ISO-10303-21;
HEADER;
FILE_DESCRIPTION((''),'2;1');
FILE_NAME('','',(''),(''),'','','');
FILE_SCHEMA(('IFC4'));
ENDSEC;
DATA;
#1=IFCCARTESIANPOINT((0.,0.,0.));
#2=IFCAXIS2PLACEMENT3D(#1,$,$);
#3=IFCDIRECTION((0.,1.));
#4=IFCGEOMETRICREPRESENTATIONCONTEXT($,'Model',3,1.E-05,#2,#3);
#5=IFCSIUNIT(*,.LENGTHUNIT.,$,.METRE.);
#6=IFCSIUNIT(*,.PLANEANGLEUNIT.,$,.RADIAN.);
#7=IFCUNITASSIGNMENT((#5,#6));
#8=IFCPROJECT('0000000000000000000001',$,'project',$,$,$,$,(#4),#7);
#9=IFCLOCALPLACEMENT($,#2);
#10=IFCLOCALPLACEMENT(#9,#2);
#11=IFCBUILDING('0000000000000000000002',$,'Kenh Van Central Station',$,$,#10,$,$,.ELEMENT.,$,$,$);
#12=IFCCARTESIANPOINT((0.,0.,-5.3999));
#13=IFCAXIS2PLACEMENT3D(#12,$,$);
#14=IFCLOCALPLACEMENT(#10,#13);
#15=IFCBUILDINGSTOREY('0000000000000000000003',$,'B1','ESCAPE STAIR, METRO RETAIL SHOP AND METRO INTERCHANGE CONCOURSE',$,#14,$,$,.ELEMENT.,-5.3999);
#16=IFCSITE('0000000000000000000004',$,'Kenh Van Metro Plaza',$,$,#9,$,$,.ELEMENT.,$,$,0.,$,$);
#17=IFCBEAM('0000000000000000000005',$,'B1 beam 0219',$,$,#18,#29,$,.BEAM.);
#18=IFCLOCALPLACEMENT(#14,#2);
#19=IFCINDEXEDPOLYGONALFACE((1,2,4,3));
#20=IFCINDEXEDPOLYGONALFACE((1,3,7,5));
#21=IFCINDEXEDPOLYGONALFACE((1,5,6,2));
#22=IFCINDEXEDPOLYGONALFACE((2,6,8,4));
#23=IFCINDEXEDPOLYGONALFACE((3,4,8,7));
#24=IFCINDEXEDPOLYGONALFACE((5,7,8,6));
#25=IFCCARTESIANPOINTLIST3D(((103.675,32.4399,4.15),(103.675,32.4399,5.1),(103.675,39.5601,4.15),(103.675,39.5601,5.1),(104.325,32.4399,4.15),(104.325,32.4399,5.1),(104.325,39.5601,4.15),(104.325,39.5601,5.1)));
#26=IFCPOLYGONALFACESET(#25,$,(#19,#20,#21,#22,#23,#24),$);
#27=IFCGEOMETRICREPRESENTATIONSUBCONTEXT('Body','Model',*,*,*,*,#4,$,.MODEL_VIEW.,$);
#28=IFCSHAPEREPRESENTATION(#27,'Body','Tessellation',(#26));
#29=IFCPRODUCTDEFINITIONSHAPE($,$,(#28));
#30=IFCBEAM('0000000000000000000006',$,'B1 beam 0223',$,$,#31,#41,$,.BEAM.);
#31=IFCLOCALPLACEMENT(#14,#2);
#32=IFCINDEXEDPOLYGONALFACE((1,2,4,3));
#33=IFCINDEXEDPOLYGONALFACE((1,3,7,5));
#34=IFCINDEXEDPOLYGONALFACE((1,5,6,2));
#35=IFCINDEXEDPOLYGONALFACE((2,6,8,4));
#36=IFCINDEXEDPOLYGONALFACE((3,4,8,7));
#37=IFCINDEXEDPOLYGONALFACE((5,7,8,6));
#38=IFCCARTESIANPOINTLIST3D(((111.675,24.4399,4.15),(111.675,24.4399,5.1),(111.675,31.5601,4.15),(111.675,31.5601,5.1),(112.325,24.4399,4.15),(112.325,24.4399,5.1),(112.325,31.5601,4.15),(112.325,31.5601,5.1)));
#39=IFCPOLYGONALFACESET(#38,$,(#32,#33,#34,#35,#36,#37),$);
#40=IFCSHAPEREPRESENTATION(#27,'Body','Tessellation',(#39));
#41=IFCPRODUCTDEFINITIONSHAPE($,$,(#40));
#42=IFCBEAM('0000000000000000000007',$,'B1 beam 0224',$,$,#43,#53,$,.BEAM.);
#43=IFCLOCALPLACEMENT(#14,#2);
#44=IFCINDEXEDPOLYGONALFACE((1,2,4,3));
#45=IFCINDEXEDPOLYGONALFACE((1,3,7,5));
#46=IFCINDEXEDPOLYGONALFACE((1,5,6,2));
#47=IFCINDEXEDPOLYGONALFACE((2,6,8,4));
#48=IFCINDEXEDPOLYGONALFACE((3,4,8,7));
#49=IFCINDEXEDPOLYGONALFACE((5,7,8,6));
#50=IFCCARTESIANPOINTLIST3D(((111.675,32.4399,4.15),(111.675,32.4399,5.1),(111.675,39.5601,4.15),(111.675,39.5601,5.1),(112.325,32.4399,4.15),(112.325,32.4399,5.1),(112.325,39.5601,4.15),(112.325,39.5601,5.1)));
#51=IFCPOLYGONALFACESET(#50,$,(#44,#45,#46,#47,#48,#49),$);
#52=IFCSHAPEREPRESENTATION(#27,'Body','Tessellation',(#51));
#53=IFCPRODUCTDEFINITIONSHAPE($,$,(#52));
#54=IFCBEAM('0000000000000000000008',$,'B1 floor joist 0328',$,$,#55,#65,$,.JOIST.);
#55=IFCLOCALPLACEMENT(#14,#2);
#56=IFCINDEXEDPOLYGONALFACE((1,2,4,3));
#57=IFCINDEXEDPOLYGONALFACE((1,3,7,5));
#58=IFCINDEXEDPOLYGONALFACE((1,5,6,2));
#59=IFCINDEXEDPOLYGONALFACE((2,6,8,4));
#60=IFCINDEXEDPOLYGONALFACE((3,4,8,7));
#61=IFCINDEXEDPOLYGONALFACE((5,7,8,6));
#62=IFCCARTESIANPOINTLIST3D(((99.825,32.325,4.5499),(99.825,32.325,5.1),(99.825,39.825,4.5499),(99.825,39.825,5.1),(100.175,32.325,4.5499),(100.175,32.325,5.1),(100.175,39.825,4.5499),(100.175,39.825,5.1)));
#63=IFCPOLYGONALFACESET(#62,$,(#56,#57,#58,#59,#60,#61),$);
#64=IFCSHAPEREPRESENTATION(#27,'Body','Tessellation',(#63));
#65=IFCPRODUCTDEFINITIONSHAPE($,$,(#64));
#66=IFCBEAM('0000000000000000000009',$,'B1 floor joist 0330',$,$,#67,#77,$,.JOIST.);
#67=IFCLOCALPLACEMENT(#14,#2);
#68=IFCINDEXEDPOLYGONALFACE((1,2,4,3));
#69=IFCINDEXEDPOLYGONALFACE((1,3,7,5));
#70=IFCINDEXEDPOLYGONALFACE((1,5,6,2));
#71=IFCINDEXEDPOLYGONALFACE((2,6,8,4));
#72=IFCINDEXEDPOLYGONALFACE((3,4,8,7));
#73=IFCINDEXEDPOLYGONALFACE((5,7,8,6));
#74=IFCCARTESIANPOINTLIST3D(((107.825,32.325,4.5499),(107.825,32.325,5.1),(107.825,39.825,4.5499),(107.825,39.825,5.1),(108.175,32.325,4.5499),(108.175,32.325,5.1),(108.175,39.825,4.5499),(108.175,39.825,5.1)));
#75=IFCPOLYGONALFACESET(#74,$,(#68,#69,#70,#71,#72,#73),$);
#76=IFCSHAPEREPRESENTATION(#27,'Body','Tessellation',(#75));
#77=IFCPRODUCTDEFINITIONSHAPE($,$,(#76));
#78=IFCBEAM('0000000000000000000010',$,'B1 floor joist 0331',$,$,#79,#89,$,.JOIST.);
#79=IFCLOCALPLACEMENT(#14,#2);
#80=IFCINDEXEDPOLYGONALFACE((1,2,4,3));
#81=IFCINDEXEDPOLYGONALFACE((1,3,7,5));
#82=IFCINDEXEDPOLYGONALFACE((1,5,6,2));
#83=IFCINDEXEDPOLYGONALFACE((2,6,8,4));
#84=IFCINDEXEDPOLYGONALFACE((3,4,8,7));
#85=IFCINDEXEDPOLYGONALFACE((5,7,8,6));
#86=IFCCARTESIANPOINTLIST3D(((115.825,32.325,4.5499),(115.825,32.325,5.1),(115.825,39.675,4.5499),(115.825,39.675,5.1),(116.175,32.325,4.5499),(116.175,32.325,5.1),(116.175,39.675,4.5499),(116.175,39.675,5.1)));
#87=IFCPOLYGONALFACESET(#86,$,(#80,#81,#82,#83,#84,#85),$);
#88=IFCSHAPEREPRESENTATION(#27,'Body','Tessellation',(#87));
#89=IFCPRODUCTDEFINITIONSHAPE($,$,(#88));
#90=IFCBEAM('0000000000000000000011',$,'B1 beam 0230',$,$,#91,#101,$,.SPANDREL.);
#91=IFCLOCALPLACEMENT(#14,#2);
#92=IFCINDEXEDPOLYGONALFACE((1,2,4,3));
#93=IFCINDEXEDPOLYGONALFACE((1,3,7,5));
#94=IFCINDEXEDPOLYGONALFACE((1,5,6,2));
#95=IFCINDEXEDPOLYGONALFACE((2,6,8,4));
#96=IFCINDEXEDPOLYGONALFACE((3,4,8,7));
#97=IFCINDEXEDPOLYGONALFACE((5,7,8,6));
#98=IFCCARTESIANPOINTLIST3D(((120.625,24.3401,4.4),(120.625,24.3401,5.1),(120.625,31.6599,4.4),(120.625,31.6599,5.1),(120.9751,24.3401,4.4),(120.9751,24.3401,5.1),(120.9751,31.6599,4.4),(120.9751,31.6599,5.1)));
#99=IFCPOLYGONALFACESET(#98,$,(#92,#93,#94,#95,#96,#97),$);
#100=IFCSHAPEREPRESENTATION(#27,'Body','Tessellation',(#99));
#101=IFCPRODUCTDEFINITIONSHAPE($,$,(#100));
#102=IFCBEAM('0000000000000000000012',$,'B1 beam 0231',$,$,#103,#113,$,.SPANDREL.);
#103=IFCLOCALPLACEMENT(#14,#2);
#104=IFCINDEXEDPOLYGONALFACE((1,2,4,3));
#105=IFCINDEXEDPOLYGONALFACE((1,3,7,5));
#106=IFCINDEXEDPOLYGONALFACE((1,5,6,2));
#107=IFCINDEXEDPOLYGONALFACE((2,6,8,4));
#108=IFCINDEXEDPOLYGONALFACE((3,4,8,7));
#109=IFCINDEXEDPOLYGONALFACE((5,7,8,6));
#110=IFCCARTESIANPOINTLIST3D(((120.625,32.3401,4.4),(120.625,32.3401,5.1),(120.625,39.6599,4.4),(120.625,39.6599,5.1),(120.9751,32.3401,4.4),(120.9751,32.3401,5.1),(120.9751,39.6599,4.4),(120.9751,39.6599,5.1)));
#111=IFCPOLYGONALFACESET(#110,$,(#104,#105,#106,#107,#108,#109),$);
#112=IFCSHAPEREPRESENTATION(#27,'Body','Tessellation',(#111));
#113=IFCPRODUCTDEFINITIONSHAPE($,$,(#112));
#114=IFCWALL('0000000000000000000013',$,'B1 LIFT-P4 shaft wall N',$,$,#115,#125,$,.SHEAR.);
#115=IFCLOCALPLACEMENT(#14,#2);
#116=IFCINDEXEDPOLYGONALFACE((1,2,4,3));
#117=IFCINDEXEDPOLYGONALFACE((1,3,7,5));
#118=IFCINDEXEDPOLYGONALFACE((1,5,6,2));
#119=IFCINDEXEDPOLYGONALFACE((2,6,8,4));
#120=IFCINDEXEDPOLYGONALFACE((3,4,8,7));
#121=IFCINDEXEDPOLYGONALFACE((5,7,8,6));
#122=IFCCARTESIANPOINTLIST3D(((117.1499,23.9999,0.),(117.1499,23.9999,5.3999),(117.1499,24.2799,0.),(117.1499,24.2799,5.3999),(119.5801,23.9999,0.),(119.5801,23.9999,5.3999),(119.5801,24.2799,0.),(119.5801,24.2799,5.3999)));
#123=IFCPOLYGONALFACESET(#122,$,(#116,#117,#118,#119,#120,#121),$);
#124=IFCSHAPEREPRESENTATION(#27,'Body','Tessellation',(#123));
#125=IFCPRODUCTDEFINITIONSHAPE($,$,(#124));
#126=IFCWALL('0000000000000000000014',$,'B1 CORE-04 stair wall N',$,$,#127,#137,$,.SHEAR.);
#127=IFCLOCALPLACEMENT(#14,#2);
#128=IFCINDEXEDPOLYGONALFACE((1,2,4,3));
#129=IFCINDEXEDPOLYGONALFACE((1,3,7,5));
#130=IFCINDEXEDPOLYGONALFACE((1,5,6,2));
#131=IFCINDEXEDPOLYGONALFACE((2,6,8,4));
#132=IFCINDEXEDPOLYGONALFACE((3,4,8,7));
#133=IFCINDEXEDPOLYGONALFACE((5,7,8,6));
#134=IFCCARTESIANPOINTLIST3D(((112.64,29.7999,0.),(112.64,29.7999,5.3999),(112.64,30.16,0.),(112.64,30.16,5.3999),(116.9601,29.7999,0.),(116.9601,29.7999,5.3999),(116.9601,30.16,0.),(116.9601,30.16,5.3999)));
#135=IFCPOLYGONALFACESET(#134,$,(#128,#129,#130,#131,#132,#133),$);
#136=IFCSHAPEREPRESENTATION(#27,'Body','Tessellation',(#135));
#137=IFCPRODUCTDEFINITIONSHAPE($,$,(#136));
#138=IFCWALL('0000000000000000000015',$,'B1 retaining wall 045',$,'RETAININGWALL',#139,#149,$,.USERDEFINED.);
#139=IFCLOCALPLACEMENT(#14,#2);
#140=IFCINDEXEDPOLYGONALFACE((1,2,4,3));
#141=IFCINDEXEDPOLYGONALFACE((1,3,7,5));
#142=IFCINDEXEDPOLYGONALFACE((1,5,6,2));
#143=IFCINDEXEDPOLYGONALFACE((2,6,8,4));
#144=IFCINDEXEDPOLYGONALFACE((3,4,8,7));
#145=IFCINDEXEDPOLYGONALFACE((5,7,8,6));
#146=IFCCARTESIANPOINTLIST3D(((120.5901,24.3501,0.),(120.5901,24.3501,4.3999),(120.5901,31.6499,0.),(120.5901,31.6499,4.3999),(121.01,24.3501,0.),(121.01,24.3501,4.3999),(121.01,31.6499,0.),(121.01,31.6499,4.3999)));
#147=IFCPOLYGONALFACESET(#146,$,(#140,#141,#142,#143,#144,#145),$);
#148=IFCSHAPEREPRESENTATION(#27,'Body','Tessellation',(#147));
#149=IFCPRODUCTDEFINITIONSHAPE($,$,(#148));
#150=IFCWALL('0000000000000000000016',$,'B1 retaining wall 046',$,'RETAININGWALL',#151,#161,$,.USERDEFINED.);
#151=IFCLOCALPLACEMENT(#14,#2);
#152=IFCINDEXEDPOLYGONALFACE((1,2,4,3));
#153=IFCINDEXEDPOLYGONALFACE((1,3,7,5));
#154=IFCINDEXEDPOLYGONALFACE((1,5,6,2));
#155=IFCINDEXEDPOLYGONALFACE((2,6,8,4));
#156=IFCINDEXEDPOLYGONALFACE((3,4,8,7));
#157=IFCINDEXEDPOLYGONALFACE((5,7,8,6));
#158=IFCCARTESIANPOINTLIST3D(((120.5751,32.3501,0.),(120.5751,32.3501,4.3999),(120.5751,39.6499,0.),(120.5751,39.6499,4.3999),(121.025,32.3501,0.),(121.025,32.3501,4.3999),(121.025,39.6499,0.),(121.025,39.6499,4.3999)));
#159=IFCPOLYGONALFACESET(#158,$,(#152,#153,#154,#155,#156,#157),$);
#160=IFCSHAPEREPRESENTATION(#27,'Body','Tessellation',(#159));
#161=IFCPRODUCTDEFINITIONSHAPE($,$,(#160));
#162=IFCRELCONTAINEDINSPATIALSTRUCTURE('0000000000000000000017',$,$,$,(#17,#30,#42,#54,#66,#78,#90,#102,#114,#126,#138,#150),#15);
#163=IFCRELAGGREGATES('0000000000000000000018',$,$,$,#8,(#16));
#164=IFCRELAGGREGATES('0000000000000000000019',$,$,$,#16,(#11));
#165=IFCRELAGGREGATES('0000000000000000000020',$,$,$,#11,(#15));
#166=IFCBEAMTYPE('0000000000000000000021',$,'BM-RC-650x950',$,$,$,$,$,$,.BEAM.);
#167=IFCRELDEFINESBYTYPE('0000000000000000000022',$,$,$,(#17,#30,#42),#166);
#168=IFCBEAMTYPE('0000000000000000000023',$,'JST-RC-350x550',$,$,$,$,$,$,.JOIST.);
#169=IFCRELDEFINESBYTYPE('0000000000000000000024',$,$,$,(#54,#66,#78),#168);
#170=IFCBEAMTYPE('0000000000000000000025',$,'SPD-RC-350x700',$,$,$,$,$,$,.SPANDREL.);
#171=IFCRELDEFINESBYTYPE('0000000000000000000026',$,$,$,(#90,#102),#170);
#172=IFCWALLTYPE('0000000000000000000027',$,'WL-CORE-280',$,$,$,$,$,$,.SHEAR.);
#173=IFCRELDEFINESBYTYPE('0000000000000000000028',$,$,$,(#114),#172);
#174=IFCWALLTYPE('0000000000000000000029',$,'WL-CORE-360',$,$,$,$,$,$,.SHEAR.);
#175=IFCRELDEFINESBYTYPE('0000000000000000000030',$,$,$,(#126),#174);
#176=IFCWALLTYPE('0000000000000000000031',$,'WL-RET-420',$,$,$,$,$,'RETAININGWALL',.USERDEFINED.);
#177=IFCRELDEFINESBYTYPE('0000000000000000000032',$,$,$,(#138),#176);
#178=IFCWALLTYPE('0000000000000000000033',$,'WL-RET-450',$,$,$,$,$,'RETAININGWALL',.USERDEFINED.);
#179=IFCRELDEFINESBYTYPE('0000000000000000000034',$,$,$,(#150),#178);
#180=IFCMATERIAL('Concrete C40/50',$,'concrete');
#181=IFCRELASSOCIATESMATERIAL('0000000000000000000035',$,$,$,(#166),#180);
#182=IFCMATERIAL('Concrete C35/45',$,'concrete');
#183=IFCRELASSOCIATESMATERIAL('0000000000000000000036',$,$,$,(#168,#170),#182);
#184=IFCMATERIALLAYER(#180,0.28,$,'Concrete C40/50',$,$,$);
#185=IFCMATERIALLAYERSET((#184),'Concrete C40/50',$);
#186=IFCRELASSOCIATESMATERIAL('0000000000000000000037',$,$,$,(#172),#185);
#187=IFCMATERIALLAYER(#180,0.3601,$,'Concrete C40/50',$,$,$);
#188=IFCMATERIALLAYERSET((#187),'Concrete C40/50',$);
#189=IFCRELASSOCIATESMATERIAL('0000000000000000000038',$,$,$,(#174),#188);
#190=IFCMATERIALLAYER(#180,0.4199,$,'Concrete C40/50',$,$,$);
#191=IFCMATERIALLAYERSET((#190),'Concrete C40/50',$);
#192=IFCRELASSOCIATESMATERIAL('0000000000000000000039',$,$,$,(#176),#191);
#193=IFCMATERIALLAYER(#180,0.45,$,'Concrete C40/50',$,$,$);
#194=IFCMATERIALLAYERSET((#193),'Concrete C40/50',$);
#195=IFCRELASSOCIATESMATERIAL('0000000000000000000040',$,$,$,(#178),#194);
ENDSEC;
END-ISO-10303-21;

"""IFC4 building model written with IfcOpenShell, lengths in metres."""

from ifc_helpers import new_model, si_unit, direction, frame, frame_2d, origin, origin_2d, place, context, subcontext, project, spatial, rectangle, extrude, material, layer, layer_set, material_profile, profile_set, type_object, element, save


model = new_model("IFC4")

# Units and contexts
model_context = context("Model", 3, precision=1e-05, world=origin(), true_north=direction((0.0, 1.0)))
body_context = subcontext(model_context, "Body", "Model", "MODEL_VIEW")
ifc_project = project(units=[si_unit("LENGTHUNIT", "METRE"), si_unit("PLANEANGLEUNIT", "RADIAN")], contexts=[model_context])

# Site, building, storey
site_placement = place(None, origin())
site = spatial("IfcSite", under=ifc_project, at=site_placement, Name="Kenh Van Metro Plaza", CompositionType="ELEMENT", RefElevation=0.0)
building_placement = place(site_placement, origin())
building = spatial("IfcBuilding", under=site, at=building_placement, Name="Kenh Van Central Station", CompositionType="ELEMENT")
storey_placement = place(building_placement, frame((0.0, 0.0, -5.3999)))
storey = spatial("IfcBuildingStorey", under=building, at=storey_placement, Name="B1", Description="ESCAPE STAIR, METRO RETAIL SHOP AND METRO INTERCHANGE CONCOURSE", CompositionType="ELEMENT", Elevation=-5.3999)

# Shared definitions
ifc_material_1 = material(Name="Concrete C40/50", Category="concrete")

# Beams
ifc_material_profile_1 = material_profile(ifc_material_1, rectangle(XDim=0.6499, YDim=0.95, at=origin_2d()), Name="RC 650x950")
ifc_profile_set_1 = profile_set([ifc_material_profile_1], Name="Concrete C40/50")
beam_type_1 = type_object("IfcBeamType", Name="BM-RC-650x950", PredefinedType="BEAM", material=ifc_profile_set_1)
for number, where, z_axis, x_axis, name in (
    (1, (104.0, 32.4399, 4.625), (0.0, 1.0, 0.0), (-1.0, 0.0, 0.0), "B1 beam 0219"),
    (2, (112.0, 24.4399, 4.625), (0.0, 1.0, 0.0), (-1.0, 0.0, 0.0), "B1 beam 0223"),
    (3, (112.0, 32.4399, 4.625), (0.0, 1.0, 0.0), (-1.0, 0.0, 0.0), "B1 beam 0224"),
):
    element("IfcBeam", number, at=place(storey_placement, frame(where, z_axis=z_axis, x_axis=x_axis)), inside=storey, type_object=beam_type_1, Name=name, PredefinedType="BEAM", context=body_context, shape_type="SweptSolid", body=[
        extrude(rectangle(XDim=0.6499, YDim=0.95, at=origin_2d()), origin(), (0.0, 0.0, 1.0), 7.1201),
    ])
ifc_material_2 = material(Name="Concrete C35/45", Category="concrete")
ifc_material_profile_2 = material_profile(ifc_material_2, rectangle(XDim=0.3501, YDim=0.55, at=origin_2d()), Name="RC 350x550")
ifc_profile_set_2 = profile_set([ifc_material_profile_2], Name="Concrete C35/45")
beam_type_2 = type_object("IfcBeamType", Name="JST-RC-350x550", PredefinedType="JOIST", material=ifc_profile_set_2)
for number, where, z_axis, x_axis, name in (
    (4, (100.0, 32.325, 4.825), (0.0, 1.0, 0.0), (-1.0, 0.0, 0.0), "B1 floor joist 0328"),
    (5, (108.0, 32.325, 4.825), (0.0, 1.0, 0.0), (-1.0, 0.0, 0.0), "B1 floor joist 0330"),
):
    element("IfcBeam", number, at=place(storey_placement, frame(where, z_axis=z_axis, x_axis=x_axis)), inside=storey, type_object=beam_type_2, Name=name, PredefinedType="JOIST", context=body_context, shape_type="SweptSolid", body=[
        extrude(rectangle(XDim=0.3501, YDim=0.55, at=origin_2d()), origin(), (0.0, 0.0, 1.0), 7.5),
    ])
beam_1_placement = place(storey_placement, frame((116.0, 32.325, 4.825), z_axis=(0.0, 1.0, 0.0), x_axis=(-1.0, 0.0, 0.0)))
element("IfcBeam", 6, at=beam_1_placement, inside=storey, type_object=beam_type_2, Name="B1 floor joist 0331", PredefinedType="JOIST", context=body_context, shape_type="SweptSolid", body=[
    extrude(rectangle(XDim=0.3501, YDim=0.55, at=origin_2d()), origin(), (0.0, 0.0, 1.0), 7.3501),
])
ifc_material_profile_3 = material_profile(ifc_material_2, rectangle(XDim=0.3501, YDim=0.7, at=origin_2d()), Name="RC 350x700")
ifc_profile_set_3 = profile_set([ifc_material_profile_3], Name="Concrete C35/45")
beam_type_3 = type_object("IfcBeamType", Name="SPD-RC-350x700", PredefinedType="SPANDREL", material=ifc_profile_set_3)
for number, where, z_axis, x_axis, name in (
    (7, (120.8, 24.3401, 4.75), (0.0, 1.0, 0.0), (-1.0, 0.0, 0.0), "B1 beam 0230"),
    (8, (120.8, 32.3401, 4.75), (0.0, 1.0, 0.0), (-1.0, 0.0, 0.0), "B1 beam 0231"),
):
    element("IfcBeam", number, at=place(storey_placement, frame(where, z_axis=z_axis, x_axis=x_axis)), inside=storey, type_object=beam_type_3, Name=name, PredefinedType="SPANDREL", context=body_context, shape_type="SweptSolid", body=[
        extrude(rectangle(XDim=0.3501, YDim=0.7, at=origin_2d()), origin(), (0.0, 0.0, 1.0), 7.3198),
    ])

# Walls
ifc_layer_1 = layer(ifc_material_1, 0.28, Name="Concrete C40/50")
ifc_layer_set_1 = layer_set([ifc_layer_1], Name="Concrete C40/50")
wall_type_1 = type_object("IfcWallType", Name="WL-CORE-280", PredefinedType="SHEAR", material=ifc_layer_set_1)
wall_1_placement = place(storey_placement, frame((117.1499, 24.1399, 0.0), z_axis=(0.0, 0.0, 1.0), x_axis=(1.0, 0.0, 0.0)))
element("IfcWall", 9, at=wall_1_placement, inside=storey, type_object=wall_type_1, Name="B1 LIFT-P4 shaft wall N", PredefinedType="SHEAR", context=body_context, shape_type="SweptSolid", body=[
    extrude(rectangle(XDim=2.4302, YDim=0.28, at=frame_2d((1.2151, 0.0))), origin(), (0.0, 0.0, 1.0), 5.3999),
])
ifc_layer_2 = layer(ifc_material_1, 0.3601, Name="Concrete C40/50")
ifc_layer_set_2 = layer_set([ifc_layer_2], Name="Concrete C40/50")
wall_type_2 = type_object("IfcWallType", Name="WL-CORE-360", PredefinedType="SHEAR", material=ifc_layer_set_2)
wall_2_placement = place(storey_placement, frame((112.6399, 29.98, 0.0), z_axis=(0.0, 0.0, 1.0), x_axis=(1.0, 0.0, 0.0)))
element("IfcWall", 10, at=wall_2_placement, inside=storey, type_object=wall_type_2, Name="B1 CORE-04 stair wall N", PredefinedType="SHEAR", context=body_context, shape_type="SweptSolid", body=[
    extrude(rectangle(XDim=4.3201, YDim=0.3601, at=frame_2d((2.1602, 0.0))), origin(), (0.0, 0.0, 1.0), 5.3999),
])
ifc_layer_3 = layer(ifc_material_1, 0.4199, Name="Concrete C40/50")
ifc_layer_set_3 = layer_set([ifc_layer_3], Name="Concrete C40/50")
wall_type_3 = type_object("IfcWallType", Name="WL-RET-420", ElementType="RETAININGWALL", PredefinedType="USERDEFINED", material=ifc_layer_set_3)
wall_3_placement = place(storey_placement, frame((120.8, 24.3501, 0.0), z_axis=(0.0, 0.0, 1.0), x_axis=(0.0, 1.0, 0.0)))
element("IfcWall", 11, at=wall_3_placement, inside=storey, type_object=wall_type_3, Name="B1 retaining wall 045", ObjectType="RETAININGWALL", PredefinedType="USERDEFINED", context=body_context, shape_type="SweptSolid", body=[
    extrude(rectangle(XDim=7.2998, YDim=0.4199, at=frame_2d((3.6499, 0.0))), origin(), (0.0, 0.0, 1.0), 4.3999),
])
ifc_layer_4 = layer(ifc_material_1, 0.45, Name="Concrete C40/50")
ifc_layer_set_4 = layer_set([ifc_layer_4], Name="Concrete C40/50")
wall_type_4 = type_object("IfcWallType", Name="WL-RET-450", ElementType="RETAININGWALL", PredefinedType="USERDEFINED", material=ifc_layer_set_4)
wall_4_placement = place(storey_placement, frame((120.8, 32.3501, 0.0), z_axis=(0.0, 0.0, 1.0), x_axis=(0.0, 1.0, 0.0)))
element("IfcWall", 12, at=wall_4_placement, inside=storey, type_object=wall_type_4, Name="B1 retaining wall 046", ObjectType="RETAININGWALL", PredefinedType="USERDEFINED", context=body_context, shape_type="SweptSolid", body=[
    extrude(rectangle(XDim=7.2998, YDim=0.45, at=frame_2d((3.6499, 0.0))), origin(), (0.0, 0.0, 1.0), 4.3999),
])

save(model, "model.ifc")
